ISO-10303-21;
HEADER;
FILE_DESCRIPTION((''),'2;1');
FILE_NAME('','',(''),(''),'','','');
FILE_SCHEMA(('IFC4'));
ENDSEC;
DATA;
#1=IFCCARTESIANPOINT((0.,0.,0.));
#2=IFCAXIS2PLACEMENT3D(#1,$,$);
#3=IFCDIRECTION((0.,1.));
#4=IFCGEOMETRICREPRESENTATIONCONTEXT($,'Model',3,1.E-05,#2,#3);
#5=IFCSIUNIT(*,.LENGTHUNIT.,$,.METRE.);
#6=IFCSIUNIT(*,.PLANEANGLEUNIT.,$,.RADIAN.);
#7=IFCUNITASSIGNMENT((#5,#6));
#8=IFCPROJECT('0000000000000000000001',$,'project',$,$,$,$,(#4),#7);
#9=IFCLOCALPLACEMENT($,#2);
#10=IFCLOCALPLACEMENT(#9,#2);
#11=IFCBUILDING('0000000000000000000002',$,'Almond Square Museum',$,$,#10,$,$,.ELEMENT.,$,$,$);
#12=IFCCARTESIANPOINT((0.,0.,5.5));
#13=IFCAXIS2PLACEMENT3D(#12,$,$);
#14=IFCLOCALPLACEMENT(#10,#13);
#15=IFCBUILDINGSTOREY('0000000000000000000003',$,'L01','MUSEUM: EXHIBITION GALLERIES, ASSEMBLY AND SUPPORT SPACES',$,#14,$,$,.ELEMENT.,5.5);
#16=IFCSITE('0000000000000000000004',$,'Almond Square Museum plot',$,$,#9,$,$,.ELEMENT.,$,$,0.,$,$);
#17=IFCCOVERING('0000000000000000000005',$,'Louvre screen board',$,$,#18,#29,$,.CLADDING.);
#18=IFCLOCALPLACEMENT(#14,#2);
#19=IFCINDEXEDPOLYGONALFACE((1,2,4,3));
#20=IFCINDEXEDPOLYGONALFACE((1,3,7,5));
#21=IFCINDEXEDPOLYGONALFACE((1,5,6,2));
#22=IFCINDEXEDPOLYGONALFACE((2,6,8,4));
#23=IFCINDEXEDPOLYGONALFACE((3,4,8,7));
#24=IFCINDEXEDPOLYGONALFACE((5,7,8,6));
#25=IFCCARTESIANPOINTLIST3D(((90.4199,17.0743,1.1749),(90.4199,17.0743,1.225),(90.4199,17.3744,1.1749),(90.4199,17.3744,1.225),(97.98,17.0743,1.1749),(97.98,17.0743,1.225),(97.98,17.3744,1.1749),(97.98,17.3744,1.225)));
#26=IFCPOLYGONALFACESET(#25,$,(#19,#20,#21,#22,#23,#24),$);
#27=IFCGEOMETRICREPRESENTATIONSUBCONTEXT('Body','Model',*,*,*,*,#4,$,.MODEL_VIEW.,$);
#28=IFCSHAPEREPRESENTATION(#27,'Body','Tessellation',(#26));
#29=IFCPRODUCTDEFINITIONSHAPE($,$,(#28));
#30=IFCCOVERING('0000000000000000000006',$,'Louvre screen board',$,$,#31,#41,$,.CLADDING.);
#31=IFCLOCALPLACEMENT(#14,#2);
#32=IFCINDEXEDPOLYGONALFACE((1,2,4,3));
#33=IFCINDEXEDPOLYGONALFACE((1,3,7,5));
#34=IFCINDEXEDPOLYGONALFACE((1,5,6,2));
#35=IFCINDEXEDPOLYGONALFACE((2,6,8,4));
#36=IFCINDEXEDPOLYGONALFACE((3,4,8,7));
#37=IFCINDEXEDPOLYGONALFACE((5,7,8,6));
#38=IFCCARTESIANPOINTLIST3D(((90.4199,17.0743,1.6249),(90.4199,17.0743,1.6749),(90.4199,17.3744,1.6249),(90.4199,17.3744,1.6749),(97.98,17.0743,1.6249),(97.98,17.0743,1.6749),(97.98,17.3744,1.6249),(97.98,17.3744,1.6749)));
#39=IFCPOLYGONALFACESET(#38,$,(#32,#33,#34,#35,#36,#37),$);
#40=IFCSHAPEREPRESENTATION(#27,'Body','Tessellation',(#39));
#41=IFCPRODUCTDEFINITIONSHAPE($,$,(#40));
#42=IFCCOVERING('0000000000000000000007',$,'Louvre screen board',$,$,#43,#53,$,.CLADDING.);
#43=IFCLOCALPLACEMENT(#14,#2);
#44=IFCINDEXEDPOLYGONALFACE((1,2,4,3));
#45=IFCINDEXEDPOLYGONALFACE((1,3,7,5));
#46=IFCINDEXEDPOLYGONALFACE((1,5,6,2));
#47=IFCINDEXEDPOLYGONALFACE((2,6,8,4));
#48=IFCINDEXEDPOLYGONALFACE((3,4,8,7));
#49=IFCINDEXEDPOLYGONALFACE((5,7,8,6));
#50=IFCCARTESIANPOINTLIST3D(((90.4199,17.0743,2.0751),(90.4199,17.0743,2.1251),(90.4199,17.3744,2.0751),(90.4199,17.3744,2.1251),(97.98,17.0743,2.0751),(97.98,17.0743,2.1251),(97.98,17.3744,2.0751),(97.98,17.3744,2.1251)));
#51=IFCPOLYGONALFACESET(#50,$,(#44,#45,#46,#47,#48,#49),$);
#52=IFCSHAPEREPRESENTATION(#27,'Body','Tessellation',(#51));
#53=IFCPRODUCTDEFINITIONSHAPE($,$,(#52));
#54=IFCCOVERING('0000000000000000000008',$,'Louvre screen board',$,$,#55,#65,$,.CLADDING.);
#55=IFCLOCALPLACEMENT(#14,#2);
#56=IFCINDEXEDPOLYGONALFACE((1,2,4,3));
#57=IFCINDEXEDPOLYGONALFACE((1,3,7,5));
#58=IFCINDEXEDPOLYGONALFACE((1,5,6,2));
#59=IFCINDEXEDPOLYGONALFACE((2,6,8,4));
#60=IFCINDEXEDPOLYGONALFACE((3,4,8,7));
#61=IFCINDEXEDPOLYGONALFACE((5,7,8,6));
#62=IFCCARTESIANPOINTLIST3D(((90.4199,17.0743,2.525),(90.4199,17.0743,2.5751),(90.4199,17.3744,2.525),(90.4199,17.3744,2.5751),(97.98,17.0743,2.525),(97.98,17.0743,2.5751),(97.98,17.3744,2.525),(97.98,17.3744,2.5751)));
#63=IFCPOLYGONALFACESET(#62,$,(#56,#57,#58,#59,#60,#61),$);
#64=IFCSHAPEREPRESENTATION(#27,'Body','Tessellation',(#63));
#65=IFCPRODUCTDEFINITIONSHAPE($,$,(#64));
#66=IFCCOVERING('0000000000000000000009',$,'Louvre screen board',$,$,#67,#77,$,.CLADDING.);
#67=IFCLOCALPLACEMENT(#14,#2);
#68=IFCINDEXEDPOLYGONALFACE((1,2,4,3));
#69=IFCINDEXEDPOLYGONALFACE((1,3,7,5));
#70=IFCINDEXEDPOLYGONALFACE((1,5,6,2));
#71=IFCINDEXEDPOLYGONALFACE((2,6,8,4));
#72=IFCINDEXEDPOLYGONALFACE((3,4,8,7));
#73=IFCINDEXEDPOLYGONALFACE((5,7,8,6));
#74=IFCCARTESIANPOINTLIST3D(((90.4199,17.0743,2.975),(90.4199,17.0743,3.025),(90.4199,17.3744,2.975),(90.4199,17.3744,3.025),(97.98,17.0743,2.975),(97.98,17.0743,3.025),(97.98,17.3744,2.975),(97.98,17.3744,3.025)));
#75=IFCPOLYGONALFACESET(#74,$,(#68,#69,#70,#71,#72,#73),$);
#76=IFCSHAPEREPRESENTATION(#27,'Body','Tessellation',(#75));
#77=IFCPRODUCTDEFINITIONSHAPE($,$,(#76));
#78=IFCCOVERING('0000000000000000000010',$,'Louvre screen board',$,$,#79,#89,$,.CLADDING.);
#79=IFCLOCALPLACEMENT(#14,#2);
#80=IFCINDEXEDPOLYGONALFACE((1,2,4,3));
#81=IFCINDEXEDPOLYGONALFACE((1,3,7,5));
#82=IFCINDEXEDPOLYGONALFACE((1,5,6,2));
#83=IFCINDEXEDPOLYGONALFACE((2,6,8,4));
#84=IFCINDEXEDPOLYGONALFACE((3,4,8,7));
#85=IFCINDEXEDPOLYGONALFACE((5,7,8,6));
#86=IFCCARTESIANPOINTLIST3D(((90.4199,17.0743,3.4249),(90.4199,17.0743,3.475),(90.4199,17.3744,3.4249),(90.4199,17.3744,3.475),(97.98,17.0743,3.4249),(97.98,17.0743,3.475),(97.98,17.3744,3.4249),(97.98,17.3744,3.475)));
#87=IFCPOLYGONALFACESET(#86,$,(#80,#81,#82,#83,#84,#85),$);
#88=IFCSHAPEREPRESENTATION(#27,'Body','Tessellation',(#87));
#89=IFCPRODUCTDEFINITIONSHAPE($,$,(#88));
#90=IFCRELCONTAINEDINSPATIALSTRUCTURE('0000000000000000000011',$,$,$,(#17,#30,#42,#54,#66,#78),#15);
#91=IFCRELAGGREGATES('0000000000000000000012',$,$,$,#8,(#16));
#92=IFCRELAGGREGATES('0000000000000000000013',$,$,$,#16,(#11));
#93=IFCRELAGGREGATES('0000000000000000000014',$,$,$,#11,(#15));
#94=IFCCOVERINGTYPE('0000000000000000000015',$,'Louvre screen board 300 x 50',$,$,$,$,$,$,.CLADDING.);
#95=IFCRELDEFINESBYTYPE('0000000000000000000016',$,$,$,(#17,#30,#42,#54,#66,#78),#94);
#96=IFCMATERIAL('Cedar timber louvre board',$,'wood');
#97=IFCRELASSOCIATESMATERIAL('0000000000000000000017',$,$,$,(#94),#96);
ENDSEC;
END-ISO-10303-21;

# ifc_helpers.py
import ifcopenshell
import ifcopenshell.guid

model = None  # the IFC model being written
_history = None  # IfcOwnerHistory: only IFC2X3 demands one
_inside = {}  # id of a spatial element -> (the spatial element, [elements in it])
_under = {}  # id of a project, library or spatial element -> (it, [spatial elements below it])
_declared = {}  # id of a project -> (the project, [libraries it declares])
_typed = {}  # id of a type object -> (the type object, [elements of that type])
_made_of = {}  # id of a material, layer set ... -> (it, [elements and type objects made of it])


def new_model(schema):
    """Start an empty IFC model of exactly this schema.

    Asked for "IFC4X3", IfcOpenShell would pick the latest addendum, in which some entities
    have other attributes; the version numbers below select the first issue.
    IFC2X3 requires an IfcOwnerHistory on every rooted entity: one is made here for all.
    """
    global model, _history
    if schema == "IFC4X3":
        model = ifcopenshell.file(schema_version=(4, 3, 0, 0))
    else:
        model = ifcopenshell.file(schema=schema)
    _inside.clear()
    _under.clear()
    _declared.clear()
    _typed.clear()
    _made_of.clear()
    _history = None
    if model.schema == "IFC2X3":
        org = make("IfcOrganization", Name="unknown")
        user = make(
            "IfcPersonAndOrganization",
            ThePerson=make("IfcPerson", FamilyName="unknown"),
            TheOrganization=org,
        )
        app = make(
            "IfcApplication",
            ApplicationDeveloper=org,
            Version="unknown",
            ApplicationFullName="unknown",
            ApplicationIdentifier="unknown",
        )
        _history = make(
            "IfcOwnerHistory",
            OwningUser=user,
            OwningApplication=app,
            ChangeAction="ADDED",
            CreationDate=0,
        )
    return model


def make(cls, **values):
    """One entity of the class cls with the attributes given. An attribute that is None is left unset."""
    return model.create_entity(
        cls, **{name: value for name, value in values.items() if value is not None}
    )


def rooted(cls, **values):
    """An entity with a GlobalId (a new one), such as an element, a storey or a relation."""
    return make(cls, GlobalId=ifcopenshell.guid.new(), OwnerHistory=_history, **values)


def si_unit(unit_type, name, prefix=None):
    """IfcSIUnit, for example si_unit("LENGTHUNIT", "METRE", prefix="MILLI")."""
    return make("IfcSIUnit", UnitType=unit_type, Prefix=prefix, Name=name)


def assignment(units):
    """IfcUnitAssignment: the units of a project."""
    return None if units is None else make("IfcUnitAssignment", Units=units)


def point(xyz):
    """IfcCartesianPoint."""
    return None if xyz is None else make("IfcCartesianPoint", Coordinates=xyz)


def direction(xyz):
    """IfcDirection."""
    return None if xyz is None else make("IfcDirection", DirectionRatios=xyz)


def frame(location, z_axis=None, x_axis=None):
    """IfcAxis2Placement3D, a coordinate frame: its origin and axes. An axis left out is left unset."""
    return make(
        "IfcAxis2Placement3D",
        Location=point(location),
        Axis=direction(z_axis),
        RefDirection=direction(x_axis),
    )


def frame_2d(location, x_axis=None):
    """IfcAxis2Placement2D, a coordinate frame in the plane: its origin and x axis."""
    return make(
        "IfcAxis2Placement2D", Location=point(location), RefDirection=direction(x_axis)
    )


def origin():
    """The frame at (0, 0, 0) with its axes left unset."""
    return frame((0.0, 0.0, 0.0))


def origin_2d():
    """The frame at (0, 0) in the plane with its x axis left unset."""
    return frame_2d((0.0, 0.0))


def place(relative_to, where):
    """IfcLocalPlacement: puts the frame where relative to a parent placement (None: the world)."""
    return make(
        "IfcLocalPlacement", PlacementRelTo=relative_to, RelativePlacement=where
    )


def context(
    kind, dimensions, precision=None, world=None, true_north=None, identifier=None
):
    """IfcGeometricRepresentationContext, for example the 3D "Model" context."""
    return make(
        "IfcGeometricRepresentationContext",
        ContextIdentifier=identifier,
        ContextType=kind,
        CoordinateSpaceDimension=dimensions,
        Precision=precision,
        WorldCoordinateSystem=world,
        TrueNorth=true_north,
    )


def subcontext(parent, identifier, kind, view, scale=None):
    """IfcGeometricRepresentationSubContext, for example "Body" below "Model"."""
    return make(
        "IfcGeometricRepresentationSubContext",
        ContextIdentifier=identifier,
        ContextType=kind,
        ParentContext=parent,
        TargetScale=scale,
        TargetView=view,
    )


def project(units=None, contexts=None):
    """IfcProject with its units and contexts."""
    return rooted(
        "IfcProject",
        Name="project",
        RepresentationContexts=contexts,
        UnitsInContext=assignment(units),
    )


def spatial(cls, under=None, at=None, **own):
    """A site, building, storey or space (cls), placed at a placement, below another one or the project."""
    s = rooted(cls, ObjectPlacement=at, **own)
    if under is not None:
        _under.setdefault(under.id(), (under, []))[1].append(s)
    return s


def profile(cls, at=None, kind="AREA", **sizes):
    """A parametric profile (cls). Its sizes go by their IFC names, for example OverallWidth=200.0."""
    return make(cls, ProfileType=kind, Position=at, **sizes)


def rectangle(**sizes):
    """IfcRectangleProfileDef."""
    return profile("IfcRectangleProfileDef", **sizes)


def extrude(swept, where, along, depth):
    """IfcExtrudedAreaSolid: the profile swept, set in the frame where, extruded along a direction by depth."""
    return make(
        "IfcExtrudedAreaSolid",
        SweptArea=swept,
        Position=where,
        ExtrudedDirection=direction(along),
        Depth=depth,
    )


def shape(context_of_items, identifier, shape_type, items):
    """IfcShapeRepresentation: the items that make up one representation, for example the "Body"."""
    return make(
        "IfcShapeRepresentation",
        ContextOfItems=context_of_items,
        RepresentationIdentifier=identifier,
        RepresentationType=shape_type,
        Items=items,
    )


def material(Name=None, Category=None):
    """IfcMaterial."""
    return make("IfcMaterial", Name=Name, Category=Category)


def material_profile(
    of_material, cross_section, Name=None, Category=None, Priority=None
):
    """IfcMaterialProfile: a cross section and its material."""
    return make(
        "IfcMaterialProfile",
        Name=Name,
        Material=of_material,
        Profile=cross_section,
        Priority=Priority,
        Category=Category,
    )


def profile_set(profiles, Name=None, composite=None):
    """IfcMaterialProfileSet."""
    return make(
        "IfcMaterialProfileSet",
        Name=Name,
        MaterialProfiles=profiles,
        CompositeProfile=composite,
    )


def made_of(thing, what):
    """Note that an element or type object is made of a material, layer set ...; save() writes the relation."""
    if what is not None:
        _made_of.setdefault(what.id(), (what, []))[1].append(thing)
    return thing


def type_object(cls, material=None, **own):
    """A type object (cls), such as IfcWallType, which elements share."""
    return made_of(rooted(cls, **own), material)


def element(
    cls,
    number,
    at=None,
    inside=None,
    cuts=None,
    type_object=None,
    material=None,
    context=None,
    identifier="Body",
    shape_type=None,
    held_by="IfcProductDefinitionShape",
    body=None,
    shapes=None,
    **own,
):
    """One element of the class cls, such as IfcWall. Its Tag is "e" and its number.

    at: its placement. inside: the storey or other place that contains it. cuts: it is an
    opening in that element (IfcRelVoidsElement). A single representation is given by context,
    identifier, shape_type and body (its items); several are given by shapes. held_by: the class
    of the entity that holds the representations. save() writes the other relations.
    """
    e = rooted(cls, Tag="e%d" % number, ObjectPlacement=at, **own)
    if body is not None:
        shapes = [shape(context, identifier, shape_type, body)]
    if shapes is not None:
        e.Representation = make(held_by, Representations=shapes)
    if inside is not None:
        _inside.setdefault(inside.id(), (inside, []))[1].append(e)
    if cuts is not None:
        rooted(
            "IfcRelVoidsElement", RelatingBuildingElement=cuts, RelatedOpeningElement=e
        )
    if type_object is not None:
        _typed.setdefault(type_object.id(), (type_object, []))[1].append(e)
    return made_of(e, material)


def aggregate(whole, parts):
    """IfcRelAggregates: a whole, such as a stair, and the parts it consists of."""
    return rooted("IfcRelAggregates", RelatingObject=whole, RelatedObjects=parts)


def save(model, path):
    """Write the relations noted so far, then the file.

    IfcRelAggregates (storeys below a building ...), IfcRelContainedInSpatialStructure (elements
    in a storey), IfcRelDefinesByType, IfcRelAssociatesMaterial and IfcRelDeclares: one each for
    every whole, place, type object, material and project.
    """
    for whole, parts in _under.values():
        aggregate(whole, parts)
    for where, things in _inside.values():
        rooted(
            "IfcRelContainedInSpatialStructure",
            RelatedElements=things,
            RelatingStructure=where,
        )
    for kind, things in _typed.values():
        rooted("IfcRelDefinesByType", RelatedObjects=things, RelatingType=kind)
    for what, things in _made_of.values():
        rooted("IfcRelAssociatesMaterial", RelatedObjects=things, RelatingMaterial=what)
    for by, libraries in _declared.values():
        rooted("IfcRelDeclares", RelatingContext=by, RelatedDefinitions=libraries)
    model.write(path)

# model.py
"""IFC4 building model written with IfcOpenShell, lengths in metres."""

from ifc_helpers import new_model, si_unit, direction, frame, origin, origin_2d, place, context, subcontext, project, spatial, rectangle, extrude, material, material_profile, profile_set, type_object, element, save


model = new_model("IFC4")

# Units and contexts
model_context = context("Model", 3, precision=1e-05, world=origin(), true_north=direction((0.0, 1.0)))
body_context = subcontext(model_context, "Body", "Model", "MODEL_VIEW")
ifc_project = project(units=[si_unit("LENGTHUNIT", "METRE"), si_unit("PLANEANGLEUNIT", "RADIAN")], contexts=[model_context])

# Site, building, storey
site_placement = place(None, origin())
site = spatial("IfcSite", under=ifc_project, at=site_placement, Name="Almond Square Museum plot", CompositionType="ELEMENT", RefElevation=0.0)
building_placement = place(site_placement, origin())
building = spatial("IfcBuilding", under=site, at=building_placement, Name="Almond Square Museum", CompositionType="ELEMENT")
storey_placement = place(building_placement, frame((0.0, 0.0, 5.5)))
storey = spatial("IfcBuildingStorey", under=building, at=storey_placement, Name="L01", Description="MUSEUM: EXHIBITION GALLERIES, ASSEMBLY AND SUPPORT SPACES", CompositionType="ELEMENT", Elevation=5.5)

# Coverings
ifc_material_1 = material(Name="Cedar timber louvre board", Category="wood")
ifc_material_profile_1 = material_profile(ifc_material_1, rectangle(XDim=0.3, YDim=0.05, at=origin_2d()))
ifc_profile_set_1 = profile_set([ifc_material_profile_1], Name="Cedar timber louvre board")
covering_type = type_object("IfcCoveringType", Name="Louvre screen board 300 x 50", PredefinedType="CLADDING", material=ifc_profile_set_1)
for number, where, z_axis, x_axis, name in (
    (1, (90.4199, 17.2244, 1.2), (1.0, 0.0, 0.0), (0.0, 1.0, 0.0), "Louvre screen board"),
    (2, (90.4199, 17.2244, 1.6499), (1.0, 0.0, 0.0), (0.0, 1.0, 0.0), "Louvre screen board"),
    (3, (90.4199, 17.2244, 2.1001), (1.0, 0.0, 0.0), (0.0, 1.0, 0.0), "Louvre screen board"),
    (4, (90.4199, 17.2244, 2.55), (1.0, 0.0, 0.0), (0.0, 1.0, 0.0), "Louvre screen board"),
    (5, (90.4199, 17.2244, 3.0), (1.0, 0.0, 0.0), (0.0, 1.0, 0.0), "Louvre screen board"),
    (6, (90.4199, 17.2244, 3.45), (1.0, 0.0, 0.0), (0.0, 1.0, 0.0), "Louvre screen board"),
):
    element("IfcCovering", number, at=place(storey_placement, frame(where, z_axis=z_axis, x_axis=x_axis)), inside=storey, type_object=covering_type, Name=name, PredefinedType="CLADDING", context=body_context, shape_type="SweptSolid", body=[
        extrude(rectangle(XDim=0.3, YDim=0.05, at=origin_2d()), origin(), (0.0, 0.0, 1.0), 7.5601),
    ])

save(model, "model.ifc")
